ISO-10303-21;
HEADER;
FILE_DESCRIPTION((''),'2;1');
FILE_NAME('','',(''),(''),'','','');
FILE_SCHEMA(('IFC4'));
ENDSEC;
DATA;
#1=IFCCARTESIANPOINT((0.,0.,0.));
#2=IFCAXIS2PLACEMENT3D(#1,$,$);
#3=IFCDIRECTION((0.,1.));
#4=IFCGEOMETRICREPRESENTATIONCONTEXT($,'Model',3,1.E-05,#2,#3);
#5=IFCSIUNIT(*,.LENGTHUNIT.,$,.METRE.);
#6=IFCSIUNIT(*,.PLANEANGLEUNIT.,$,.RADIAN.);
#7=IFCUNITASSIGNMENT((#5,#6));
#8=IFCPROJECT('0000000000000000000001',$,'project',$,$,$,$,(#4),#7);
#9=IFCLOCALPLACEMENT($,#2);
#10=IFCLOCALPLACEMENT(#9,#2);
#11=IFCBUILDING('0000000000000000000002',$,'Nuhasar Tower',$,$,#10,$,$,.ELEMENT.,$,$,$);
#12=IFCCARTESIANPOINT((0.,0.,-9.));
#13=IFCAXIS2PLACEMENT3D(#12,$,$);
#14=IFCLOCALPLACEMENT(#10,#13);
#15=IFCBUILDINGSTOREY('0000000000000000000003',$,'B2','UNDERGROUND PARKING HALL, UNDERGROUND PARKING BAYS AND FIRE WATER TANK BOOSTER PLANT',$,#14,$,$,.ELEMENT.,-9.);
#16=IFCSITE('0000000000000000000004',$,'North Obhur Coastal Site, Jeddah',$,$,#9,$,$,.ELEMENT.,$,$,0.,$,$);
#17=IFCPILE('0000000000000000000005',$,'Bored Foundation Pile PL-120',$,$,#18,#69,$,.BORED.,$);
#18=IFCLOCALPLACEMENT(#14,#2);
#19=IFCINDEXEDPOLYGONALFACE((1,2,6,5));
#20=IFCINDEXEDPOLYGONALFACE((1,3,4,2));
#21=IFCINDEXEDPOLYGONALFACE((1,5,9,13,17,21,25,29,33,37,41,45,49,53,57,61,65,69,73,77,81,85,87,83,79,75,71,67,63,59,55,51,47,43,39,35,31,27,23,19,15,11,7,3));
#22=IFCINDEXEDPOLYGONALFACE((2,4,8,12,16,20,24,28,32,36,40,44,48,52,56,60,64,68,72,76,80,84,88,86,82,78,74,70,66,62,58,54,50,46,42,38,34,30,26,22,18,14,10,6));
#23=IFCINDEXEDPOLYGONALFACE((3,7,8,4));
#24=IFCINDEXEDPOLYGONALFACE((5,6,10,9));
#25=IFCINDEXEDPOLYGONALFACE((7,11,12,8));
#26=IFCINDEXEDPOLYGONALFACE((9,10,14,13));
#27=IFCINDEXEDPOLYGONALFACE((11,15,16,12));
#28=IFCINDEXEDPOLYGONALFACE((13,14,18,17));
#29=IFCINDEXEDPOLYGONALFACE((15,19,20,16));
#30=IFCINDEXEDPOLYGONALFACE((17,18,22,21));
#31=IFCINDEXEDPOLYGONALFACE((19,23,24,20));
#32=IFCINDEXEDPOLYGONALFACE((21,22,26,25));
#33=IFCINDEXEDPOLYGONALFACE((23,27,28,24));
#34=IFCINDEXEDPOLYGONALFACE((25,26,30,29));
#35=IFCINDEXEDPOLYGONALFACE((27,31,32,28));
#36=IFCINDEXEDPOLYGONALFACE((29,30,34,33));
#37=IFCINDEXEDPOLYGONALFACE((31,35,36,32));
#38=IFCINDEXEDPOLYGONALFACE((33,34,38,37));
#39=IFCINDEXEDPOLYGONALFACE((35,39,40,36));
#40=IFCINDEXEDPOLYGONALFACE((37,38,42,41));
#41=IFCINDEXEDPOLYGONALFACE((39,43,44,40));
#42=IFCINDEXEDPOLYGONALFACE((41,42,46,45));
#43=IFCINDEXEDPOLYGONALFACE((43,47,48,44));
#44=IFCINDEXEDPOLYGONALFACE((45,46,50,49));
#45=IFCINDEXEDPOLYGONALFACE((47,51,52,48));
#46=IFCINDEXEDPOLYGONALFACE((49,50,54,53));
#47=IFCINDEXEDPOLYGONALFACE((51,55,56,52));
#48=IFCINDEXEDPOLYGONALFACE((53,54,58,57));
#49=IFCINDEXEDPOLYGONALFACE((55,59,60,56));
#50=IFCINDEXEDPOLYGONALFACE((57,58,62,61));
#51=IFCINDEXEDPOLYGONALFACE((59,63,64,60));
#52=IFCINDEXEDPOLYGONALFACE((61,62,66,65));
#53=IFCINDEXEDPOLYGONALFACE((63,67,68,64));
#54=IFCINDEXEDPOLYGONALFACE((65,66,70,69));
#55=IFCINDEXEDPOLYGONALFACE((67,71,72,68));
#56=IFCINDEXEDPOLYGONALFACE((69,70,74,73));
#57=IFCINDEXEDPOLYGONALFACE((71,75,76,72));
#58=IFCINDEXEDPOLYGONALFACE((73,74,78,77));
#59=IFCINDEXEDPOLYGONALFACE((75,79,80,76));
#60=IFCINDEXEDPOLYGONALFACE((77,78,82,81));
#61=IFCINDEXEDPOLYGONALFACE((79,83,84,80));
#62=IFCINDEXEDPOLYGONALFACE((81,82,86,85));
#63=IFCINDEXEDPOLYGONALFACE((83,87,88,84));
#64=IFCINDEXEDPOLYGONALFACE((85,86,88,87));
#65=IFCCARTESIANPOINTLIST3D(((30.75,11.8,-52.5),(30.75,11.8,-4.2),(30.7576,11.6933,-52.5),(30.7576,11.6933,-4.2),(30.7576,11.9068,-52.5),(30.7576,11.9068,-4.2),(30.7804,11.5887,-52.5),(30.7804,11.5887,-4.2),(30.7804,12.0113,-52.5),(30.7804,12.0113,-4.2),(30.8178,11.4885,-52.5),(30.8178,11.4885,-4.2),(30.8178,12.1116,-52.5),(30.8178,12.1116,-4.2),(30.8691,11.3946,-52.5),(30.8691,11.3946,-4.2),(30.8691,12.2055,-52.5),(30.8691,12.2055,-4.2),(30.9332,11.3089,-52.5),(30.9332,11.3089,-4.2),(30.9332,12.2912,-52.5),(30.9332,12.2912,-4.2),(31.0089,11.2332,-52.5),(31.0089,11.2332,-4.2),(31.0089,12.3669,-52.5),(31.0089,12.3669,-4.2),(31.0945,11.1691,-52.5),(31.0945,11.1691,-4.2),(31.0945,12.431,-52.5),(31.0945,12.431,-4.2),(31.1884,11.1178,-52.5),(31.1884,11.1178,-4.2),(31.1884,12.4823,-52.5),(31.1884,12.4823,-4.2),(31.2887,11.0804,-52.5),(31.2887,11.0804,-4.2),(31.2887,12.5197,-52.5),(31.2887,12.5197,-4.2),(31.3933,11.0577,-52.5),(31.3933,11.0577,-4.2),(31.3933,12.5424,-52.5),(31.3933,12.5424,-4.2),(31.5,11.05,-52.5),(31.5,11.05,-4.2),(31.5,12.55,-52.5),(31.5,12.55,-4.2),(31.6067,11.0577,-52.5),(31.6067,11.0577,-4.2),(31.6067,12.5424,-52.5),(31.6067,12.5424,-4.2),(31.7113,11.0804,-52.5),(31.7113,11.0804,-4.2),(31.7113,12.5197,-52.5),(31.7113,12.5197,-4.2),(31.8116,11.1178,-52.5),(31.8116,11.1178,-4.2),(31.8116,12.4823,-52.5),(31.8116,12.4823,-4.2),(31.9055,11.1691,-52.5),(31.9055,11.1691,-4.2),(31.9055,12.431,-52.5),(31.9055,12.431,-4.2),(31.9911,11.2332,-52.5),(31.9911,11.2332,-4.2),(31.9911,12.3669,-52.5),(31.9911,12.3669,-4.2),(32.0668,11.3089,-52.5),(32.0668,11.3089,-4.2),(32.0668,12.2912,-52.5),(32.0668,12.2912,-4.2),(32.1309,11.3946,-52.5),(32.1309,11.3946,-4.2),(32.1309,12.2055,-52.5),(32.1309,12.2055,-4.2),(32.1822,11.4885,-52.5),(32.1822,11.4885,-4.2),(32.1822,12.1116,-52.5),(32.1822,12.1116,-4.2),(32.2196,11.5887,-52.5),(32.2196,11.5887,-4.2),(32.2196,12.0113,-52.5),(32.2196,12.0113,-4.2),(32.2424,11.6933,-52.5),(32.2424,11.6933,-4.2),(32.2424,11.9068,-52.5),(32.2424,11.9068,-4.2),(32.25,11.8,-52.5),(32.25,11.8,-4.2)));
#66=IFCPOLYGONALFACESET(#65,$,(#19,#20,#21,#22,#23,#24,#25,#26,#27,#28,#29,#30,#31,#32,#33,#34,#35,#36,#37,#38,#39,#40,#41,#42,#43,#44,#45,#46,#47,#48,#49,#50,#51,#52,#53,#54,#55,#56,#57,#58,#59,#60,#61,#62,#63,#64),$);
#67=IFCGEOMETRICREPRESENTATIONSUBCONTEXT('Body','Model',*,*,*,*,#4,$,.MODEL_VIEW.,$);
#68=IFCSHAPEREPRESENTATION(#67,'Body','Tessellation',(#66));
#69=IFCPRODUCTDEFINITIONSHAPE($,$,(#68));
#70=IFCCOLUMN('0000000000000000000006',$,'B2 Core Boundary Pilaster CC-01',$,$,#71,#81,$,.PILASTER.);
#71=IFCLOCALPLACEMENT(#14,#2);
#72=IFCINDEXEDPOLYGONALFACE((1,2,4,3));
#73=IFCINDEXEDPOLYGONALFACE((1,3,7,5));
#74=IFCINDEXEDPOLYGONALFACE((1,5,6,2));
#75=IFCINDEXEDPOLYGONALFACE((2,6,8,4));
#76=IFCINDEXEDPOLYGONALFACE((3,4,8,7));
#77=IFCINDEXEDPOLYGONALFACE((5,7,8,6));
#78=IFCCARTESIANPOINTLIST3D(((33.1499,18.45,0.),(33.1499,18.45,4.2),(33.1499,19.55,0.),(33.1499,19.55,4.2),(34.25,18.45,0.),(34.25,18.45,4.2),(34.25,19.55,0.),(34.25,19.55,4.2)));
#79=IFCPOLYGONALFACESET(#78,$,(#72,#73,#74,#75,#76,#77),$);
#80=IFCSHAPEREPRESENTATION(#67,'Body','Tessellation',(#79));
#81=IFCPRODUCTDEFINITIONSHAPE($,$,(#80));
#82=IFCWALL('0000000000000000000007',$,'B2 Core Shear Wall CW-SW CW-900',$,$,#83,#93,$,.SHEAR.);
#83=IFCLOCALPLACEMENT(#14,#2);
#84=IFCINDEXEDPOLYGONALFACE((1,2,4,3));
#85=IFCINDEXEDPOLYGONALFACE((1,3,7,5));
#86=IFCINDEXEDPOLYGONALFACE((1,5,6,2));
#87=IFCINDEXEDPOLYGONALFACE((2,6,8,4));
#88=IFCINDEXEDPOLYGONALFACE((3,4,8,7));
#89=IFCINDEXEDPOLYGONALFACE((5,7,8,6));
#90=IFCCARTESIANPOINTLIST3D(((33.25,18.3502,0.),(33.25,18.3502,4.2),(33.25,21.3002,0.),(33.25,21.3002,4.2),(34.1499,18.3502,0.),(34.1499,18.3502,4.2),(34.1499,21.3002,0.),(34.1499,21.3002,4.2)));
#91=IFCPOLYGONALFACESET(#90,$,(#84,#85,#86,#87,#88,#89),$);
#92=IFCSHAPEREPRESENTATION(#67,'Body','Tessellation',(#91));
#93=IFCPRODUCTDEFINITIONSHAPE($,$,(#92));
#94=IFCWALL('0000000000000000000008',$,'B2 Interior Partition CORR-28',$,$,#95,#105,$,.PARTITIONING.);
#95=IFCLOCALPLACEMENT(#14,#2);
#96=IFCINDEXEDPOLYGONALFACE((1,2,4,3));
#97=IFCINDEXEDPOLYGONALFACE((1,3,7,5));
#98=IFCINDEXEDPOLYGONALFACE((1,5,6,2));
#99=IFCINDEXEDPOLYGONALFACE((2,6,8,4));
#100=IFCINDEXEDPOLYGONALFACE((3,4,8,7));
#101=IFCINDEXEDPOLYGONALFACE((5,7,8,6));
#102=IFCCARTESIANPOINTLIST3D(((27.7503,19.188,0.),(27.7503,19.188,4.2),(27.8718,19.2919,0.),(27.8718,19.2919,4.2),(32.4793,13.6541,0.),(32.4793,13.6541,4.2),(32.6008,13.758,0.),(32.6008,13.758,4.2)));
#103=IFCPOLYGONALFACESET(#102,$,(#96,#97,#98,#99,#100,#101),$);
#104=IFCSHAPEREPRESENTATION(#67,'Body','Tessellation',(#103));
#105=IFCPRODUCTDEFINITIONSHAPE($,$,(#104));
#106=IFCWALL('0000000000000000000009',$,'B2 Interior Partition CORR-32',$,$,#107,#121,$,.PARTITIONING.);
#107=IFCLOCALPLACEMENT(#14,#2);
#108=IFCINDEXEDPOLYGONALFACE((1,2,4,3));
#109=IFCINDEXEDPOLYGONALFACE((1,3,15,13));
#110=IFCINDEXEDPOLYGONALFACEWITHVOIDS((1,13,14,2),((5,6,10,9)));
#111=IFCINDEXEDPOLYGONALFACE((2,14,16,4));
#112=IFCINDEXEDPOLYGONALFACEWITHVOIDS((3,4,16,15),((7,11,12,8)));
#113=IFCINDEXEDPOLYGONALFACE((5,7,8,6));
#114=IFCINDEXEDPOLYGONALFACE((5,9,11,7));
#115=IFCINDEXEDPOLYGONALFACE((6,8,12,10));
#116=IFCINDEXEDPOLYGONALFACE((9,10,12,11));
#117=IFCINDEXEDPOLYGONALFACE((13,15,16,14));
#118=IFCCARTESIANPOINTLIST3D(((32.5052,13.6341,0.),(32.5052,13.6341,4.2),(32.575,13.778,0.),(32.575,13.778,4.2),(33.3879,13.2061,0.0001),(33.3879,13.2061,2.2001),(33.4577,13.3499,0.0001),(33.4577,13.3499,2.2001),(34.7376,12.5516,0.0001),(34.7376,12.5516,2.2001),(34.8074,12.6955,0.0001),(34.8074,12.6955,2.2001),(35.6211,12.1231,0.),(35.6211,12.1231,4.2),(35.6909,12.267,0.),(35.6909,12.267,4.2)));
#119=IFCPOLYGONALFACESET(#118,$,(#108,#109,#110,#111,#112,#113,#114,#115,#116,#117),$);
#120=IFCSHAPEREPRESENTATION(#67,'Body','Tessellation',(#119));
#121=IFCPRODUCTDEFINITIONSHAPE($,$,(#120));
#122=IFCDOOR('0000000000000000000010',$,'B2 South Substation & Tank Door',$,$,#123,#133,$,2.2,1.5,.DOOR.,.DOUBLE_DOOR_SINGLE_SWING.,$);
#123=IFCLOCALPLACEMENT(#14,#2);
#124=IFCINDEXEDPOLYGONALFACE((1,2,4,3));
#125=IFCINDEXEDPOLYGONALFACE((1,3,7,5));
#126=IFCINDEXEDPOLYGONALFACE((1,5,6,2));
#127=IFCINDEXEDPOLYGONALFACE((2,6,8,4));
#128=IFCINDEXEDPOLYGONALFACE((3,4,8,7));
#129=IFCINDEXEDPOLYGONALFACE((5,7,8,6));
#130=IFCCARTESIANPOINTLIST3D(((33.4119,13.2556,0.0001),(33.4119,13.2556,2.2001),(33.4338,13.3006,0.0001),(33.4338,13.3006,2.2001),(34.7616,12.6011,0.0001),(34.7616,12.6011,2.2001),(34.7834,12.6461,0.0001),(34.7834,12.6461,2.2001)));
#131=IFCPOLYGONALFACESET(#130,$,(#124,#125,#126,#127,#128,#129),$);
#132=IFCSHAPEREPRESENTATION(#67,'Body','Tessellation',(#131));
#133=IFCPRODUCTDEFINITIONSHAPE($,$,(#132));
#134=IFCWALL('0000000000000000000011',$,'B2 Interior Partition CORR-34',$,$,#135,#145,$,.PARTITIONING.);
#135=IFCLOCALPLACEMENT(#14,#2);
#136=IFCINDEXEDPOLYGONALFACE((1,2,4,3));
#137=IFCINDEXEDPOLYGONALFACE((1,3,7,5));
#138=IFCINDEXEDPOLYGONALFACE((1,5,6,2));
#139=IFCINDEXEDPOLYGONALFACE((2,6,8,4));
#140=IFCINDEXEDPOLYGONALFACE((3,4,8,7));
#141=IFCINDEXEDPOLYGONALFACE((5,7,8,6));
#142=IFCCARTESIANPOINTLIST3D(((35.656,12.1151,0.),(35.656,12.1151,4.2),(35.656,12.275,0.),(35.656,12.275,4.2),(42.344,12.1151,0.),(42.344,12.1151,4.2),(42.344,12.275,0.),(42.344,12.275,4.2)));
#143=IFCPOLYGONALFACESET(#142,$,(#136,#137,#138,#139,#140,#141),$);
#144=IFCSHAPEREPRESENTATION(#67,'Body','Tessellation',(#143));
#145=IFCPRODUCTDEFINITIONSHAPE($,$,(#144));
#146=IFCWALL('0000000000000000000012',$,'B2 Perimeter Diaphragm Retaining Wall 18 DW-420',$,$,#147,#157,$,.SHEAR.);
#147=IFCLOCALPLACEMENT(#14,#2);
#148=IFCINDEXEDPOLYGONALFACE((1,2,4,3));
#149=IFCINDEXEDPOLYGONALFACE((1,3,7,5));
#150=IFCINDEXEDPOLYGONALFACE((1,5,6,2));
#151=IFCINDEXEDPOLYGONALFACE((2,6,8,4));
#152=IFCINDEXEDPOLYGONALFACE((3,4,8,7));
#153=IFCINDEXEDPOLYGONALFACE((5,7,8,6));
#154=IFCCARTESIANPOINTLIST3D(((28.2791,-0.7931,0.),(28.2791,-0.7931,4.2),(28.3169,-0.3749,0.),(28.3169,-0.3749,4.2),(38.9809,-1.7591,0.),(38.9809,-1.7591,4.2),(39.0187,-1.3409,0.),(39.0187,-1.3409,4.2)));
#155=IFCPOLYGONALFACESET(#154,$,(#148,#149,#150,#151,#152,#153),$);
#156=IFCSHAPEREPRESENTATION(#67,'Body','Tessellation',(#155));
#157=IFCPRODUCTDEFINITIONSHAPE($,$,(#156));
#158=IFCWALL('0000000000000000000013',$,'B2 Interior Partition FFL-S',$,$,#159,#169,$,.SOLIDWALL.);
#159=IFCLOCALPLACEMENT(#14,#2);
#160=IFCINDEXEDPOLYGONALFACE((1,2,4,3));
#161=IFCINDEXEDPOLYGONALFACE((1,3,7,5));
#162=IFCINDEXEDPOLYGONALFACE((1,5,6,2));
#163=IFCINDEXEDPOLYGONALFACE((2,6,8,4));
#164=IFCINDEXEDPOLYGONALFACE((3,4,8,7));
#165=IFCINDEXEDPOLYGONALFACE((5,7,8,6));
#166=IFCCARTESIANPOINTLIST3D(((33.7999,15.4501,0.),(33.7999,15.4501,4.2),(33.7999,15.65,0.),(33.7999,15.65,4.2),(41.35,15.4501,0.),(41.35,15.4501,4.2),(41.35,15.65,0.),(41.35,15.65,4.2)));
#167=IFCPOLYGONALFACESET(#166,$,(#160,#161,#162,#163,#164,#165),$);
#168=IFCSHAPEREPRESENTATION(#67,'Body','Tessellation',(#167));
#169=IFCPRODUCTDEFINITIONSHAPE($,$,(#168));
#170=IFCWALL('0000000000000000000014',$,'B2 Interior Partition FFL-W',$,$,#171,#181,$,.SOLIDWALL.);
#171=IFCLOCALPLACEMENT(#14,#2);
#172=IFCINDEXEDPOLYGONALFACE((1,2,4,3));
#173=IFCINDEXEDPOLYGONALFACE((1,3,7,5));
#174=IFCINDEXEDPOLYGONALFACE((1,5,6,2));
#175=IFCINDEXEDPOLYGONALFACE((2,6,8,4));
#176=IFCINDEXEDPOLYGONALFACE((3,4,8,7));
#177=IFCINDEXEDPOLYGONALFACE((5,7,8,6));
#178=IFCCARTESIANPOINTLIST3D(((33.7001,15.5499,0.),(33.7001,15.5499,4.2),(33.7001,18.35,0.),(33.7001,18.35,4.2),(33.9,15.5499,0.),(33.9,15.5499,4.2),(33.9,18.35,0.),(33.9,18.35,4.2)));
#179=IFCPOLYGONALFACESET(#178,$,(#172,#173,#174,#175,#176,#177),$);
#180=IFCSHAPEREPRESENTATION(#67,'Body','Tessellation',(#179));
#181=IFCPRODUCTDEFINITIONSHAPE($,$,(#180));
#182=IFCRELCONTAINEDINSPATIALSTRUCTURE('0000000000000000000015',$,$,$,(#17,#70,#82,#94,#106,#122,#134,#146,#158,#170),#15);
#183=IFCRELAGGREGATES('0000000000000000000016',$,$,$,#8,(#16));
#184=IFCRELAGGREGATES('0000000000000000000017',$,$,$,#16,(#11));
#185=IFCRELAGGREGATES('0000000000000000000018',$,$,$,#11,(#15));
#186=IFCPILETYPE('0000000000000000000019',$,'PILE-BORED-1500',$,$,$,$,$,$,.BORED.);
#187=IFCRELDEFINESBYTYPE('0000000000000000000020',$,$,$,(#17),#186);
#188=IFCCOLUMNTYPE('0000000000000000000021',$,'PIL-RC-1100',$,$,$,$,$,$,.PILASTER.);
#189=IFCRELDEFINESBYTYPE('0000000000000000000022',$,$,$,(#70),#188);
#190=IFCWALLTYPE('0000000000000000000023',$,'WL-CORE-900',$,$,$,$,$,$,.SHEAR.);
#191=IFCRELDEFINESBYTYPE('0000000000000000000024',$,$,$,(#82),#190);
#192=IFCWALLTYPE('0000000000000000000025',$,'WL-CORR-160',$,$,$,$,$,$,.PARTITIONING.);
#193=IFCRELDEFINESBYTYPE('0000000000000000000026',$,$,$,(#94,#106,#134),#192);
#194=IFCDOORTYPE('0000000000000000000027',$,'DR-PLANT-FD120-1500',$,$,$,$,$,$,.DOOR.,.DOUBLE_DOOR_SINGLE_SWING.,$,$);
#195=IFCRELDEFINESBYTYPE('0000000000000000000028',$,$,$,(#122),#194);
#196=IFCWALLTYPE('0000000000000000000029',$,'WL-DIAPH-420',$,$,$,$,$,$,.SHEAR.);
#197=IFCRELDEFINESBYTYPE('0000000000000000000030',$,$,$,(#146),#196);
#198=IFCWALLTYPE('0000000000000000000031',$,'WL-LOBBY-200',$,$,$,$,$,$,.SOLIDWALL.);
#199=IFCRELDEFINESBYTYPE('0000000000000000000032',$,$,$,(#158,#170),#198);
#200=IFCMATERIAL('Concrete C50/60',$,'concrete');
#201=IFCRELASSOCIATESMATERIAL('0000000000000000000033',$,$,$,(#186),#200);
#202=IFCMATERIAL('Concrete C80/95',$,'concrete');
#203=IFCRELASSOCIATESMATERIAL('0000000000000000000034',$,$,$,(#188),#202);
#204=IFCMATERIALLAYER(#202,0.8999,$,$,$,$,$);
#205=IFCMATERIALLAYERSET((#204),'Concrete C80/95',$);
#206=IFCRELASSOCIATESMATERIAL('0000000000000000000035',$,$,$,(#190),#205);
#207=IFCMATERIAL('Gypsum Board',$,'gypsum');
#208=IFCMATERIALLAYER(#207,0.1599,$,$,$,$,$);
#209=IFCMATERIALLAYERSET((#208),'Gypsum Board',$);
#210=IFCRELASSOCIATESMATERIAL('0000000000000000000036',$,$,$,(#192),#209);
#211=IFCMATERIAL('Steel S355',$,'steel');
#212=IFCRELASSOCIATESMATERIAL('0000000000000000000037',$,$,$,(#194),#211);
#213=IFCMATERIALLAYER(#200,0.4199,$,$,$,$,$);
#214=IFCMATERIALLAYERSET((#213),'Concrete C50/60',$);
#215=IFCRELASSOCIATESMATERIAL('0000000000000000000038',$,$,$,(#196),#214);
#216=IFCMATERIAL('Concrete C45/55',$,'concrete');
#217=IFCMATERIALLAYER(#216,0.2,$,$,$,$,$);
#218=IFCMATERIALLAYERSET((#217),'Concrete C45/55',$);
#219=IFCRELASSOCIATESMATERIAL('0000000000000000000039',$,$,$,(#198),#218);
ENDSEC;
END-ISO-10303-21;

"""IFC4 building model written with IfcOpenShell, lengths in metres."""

from ifc_helpers import new_model, si_unit, direction, frame, frame_2d, origin, origin_2d, place, context, subcontext, project, spatial, rectangle, circle, extrude, material, layer, layer_set, material_profile, profile_set, type_object, element, fill, save


model = new_model("IFC4")

# Units and contexts
model_context = context("Model", 3, precision=1e-05, world=origin(), true_north=direction((0.0, 1.0)))
body_context = subcontext(model_context, "Body", "Model", "MODEL_VIEW")
ifc_project = project(units=[si_unit("LENGTHUNIT", "METRE"), si_unit("PLANEANGLEUNIT", "RADIAN")], contexts=[model_context])

# Site, building, storey
site_placement = place(None, origin())
site = spatial("IfcSite", under=ifc_project, at=site_placement, Name="North Obhur Coastal Site, Jeddah", CompositionType="ELEMENT", RefElevation=0.0)
building_placement = place(site_placement, origin())
building = spatial("IfcBuilding", under=site, at=building_placement, Name="Nuhasar Tower", CompositionType="ELEMENT")
storey_placement = place(building_placement, frame((0.0, 0.0, -9.0)))
storey = spatial("IfcBuildingStorey", under=building, at=storey_placement, Name="B2", Description="UNDERGROUND PARKING HALL, UNDERGROUND PARKING BAYS AND FIRE WATER TANK BOOSTER PLANT", CompositionType="ELEMENT", Elevation=-9.0)

# Pile
ifc_material_1 = material(Name="Concrete C50/60", Category="concrete")
ifc_material_profile_1 = material_profile(ifc_material_1, circle(Radius=0.75, at=origin_2d()), Name="PILE1500")
ifc_profile_set_1 = profile_set([ifc_material_profile_1], Name="Concrete C50/60")
pile_type = type_object("IfcPileType", Name="PILE-BORED-1500", PredefinedType="BORED", material=ifc_profile_set_1)
for number, where, z_axis, x_axis, name in (
    (1, (31.5, 11.8, -4.2), (0.0, 0.0, -1.0), (1.0, 0.0, 0.0), "Bored Foundation Pile PL-120"),
):
    element("IfcPile", number, at=place(storey_placement, frame(where, z_axis=z_axis, x_axis=x_axis)), inside=storey, type_object=pile_type, Name=name, PredefinedType="BORED", context=body_context, shape_type="SweptSolid", body=[
        extrude(circle(Radius=0.75, at=origin_2d()), origin(), (0.0, 0.0, 1.0), 48.3),
    ])

# Column
ifc_material_2 = material(Name="Concrete C80/95", Category="concrete")
ifc_material_profile_2 = material_profile(ifc_material_2, rectangle(XDim=1.1001, YDim=1.1001, at=origin_2d()), Name="RC1100X1100")
ifc_profile_set_2 = profile_set([ifc_material_profile_2], Name="Concrete C80/95")
column_type = type_object("IfcColumnType", Name="PIL-RC-1100", PredefinedType="PILASTER", material=ifc_profile_set_2)
column_placement = place(storey_placement, frame((33.7, 19.0, 0.0), z_axis=(0.0, 0.0, 1.0), x_axis=(1.0, 0.0, 0.0)))
element("IfcColumn", 2, at=column_placement, inside=storey, type_object=column_type, Name="B2 Core Boundary Pilaster CC-01", PredefinedType="PILASTER", context=body_context, shape_type="SweptSolid", body=[
    extrude(rectangle(XDim=1.1001, YDim=1.1001, at=origin_2d()), origin(), (0.0, 0.0, 1.0), 4.2),
])

# Walls
ifc_layer_1 = layer(ifc_material_2, 0.8999)
ifc_layer_set_1 = layer_set([ifc_layer_1], Name="Concrete C80/95")
wall_type_1 = type_object("IfcWallType", Name="WL-CORE-900", PredefinedType="SHEAR", material=ifc_layer_set_1)
wall_1_placement = place(storey_placement, frame((33.7, 18.3501, 0.0), z_axis=(0.0, 0.0, 1.0), x_axis=(0.0, 1.0, 0.0)))
element("IfcWall", 3, at=wall_1_placement, inside=storey, type_object=wall_type_1, Name="B2 Core Shear Wall CW-SW CW-900", PredefinedType="SHEAR", context=body_context, shape_type="SweptSolid", body=[
    extrude(rectangle(XDim=2.95, YDim=0.8999, at=frame_2d((1.4751, 0.0))), origin(), (0.0, 0.0, 1.0), 4.2),
])
ifc_material_3 = material(Name="Gypsum Board", Category="gypsum")
ifc_layer_2 = layer(ifc_material_3, 0.1599)
ifc_layer_set_2 = layer_set([ifc_layer_2], Name="Gypsum Board")
wall_type_2 = type_object("IfcWallType", Name="WL-CORR-160", PredefinedType="PARTITIONING", material=ifc_layer_set_2)
wall_2_placement = place(storey_placement, frame((27.811, 19.24, 0.0), z_axis=(0.0, 0.0, 1.0), x_axis=(0.649653, -0.760231, 0.0)))
element("IfcWall", 4, at=wall_2_placement, inside=storey, type_object=wall_type_2, Name="B2 Interior Partition CORR-28", PredefinedType="PARTITIONING", context=body_context, shape_type="SweptSolid", body=[
    extrude(rectangle(XDim=7.2793, YDim=0.1599, at=frame_2d((3.6396, 0.0))), origin(), (0.0, 0.0, 1.0), 4.2),
])

# Wall, opening, door
wall_3_placement = place(storey_placement, frame((35.656, 12.1951, 0.0), z_axis=(0.0, 0.0, 1.0), x_axis=(-0.89979, 0.436324, 0.0)))
wall_3 = element("IfcWall", 5, at=wall_3_placement, inside=storey, type_object=wall_type_2, Name="B2 Interior Partition CORR-32", PredefinedType="PARTITIONING", context=body_context, shape_type="SweptSolid", body=[
    extrude(rectangle(XDim=3.4629, YDim=0.1599, at=frame_2d((1.7314, 0.0))), origin(), (0.0, 0.0, 1.0), 4.2),
])
opening_1_placement = place(wall_3_placement, frame((0.9819, 0.0, 0.0)))
opening_1 = element("IfcOpeningElement", 6, at=opening_1_placement, cuts=wall_3, PredefinedType="OPENING", context=body_context, shape_type="SweptSolid", body=[
    extrude(rectangle(XDim=1.5, YDim=2.2, at=frame_2d((0.75, 1.1001))), frame((0.0, 0.0898, 0.0), z_axis=(0.0, -1.0, 0.0), x_axis=(1.0, 0.0, 0.0)), (0.0, 0.0, 1.0), 0.1799),
])
ifc_material_4 = material(Name="Steel S355", Category="steel")
door_type_1 = type_object("IfcDoorType", Name="DR-PLANT-FD120-1500", OperationType="DOUBLE_DOOR_SINGLE_SWING", PredefinedType="DOOR", material=ifc_material_4)
door_1_placement = place(opening_1_placement, origin())
door_1 = element("IfcDoor", 7, at=door_1_placement, inside=storey, type_object=door_type_1, Name="B2 South Substation & Tank Door", OperationType="DOUBLE_DOOR_SINGLE_SWING", OverallHeight=2.2, OverallWidth=1.5, PredefinedType="DOOR", context=body_context, shape_type="SweptSolid", body=[
    extrude(rectangle(XDim=1.5, YDim=2.2, at=frame_2d((0.75, 1.1001))), frame((0.0, 0.0249, 0.0), z_axis=(0.0, -1.0, 0.0), x_axis=(1.0, 0.0, 0.0)), (0.0, 0.0, 1.0), 0.05),
])
fill(opening_1, door_1)

# Walls
wall_4_placement = place(storey_placement, frame((35.656, 12.1951, 0.0), z_axis=(0.0, 0.0, 1.0), x_axis=(1.0, 0.0, 0.0)))
element("IfcWall", 8, at=wall_4_placement, inside=storey, type_object=wall_type_2, Name="B2 Interior Partition CORR-34", PredefinedType="PARTITIONING", context=body_context, shape_type="SweptSolid", body=[
    extrude(rectangle(XDim=6.688, YDim=0.1599, at=frame_2d((3.344, 0.0))), origin(), (0.0, 0.0, 1.0), 4.2),
])
ifc_layer_3 = layer(ifc_material_1, 0.4199)
ifc_layer_set_3 = layer_set([ifc_layer_3], Name="Concrete C50/60")
wall_type_3 = type_object("IfcWallType", Name="WL-DIAPH-420", PredefinedType="SHEAR", material=ifc_layer_set_3)
wall_5_placement = place(storey_placement, frame((28.2981, -0.584, 0.0), z_axis=(0.0, 0.0, 1.0), x_axis=(0.99595, -0.089905, 0.0)))
element("IfcWall", 9, at=wall_5_placement, inside=storey, type_object=wall_type_3, Name="B2 Perimeter Diaphragm Retaining Wall 18 DW-420", PredefinedType="SHEAR", context=body_context, shape_type="SweptSolid", body=[
    extrude(rectangle(XDim=10.7454, YDim=0.4199, at=frame_2d((5.3726, 0.0))), origin(), (0.0, 0.0, 1.0), 4.2),
])
ifc_material_5 = material(Name="Concrete C45/55", Category="concrete")
ifc_layer_4 = layer(ifc_material_5, 0.2)
ifc_layer_set_4 = layer_set([ifc_layer_4], Name="Concrete C45/55")
wall_type_4 = type_object("IfcWallType", Name="WL-LOBBY-200", PredefinedType="SOLIDWALL", material=ifc_layer_set_4)
wall_6_placement = place(storey_placement, frame((33.8, 15.55, 0.0), z_axis=(0.0, 0.0, 1.0), x_axis=(1.0, 0.0, 0.0)))
element("IfcWall", 10, at=wall_6_placement, inside=storey, type_object=wall_type_4, Name="B2 Interior Partition FFL-S", PredefinedType="SOLIDWALL", context=body_context, shape_type="SweptSolid", body=[
    extrude(rectangle(XDim=7.55, YDim=0.2, at=frame_2d((3.7749, 0.0))), origin(), (0.0, 0.0, 1.0), 4.2),
])
wall_7_placement = place(storey_placement, frame((33.8, 15.55, 0.0), z_axis=(0.0, 0.0, 1.0), x_axis=(0.0, 1.0, 0.0)))
element("IfcWall", 11, at=wall_7_placement, inside=storey, type_object=wall_type_4, Name="B2 Interior Partition FFL-W", PredefinedType="SOLIDWALL", context=body_context, shape_type="SweptSolid", body=[
    extrude(rectangle(XDim=2.8, YDim=0.2, at=frame_2d((1.3999, 0.0))), origin(), (0.0, 0.0, 1.0), 4.2),
])

save(model, "model.ifc")
